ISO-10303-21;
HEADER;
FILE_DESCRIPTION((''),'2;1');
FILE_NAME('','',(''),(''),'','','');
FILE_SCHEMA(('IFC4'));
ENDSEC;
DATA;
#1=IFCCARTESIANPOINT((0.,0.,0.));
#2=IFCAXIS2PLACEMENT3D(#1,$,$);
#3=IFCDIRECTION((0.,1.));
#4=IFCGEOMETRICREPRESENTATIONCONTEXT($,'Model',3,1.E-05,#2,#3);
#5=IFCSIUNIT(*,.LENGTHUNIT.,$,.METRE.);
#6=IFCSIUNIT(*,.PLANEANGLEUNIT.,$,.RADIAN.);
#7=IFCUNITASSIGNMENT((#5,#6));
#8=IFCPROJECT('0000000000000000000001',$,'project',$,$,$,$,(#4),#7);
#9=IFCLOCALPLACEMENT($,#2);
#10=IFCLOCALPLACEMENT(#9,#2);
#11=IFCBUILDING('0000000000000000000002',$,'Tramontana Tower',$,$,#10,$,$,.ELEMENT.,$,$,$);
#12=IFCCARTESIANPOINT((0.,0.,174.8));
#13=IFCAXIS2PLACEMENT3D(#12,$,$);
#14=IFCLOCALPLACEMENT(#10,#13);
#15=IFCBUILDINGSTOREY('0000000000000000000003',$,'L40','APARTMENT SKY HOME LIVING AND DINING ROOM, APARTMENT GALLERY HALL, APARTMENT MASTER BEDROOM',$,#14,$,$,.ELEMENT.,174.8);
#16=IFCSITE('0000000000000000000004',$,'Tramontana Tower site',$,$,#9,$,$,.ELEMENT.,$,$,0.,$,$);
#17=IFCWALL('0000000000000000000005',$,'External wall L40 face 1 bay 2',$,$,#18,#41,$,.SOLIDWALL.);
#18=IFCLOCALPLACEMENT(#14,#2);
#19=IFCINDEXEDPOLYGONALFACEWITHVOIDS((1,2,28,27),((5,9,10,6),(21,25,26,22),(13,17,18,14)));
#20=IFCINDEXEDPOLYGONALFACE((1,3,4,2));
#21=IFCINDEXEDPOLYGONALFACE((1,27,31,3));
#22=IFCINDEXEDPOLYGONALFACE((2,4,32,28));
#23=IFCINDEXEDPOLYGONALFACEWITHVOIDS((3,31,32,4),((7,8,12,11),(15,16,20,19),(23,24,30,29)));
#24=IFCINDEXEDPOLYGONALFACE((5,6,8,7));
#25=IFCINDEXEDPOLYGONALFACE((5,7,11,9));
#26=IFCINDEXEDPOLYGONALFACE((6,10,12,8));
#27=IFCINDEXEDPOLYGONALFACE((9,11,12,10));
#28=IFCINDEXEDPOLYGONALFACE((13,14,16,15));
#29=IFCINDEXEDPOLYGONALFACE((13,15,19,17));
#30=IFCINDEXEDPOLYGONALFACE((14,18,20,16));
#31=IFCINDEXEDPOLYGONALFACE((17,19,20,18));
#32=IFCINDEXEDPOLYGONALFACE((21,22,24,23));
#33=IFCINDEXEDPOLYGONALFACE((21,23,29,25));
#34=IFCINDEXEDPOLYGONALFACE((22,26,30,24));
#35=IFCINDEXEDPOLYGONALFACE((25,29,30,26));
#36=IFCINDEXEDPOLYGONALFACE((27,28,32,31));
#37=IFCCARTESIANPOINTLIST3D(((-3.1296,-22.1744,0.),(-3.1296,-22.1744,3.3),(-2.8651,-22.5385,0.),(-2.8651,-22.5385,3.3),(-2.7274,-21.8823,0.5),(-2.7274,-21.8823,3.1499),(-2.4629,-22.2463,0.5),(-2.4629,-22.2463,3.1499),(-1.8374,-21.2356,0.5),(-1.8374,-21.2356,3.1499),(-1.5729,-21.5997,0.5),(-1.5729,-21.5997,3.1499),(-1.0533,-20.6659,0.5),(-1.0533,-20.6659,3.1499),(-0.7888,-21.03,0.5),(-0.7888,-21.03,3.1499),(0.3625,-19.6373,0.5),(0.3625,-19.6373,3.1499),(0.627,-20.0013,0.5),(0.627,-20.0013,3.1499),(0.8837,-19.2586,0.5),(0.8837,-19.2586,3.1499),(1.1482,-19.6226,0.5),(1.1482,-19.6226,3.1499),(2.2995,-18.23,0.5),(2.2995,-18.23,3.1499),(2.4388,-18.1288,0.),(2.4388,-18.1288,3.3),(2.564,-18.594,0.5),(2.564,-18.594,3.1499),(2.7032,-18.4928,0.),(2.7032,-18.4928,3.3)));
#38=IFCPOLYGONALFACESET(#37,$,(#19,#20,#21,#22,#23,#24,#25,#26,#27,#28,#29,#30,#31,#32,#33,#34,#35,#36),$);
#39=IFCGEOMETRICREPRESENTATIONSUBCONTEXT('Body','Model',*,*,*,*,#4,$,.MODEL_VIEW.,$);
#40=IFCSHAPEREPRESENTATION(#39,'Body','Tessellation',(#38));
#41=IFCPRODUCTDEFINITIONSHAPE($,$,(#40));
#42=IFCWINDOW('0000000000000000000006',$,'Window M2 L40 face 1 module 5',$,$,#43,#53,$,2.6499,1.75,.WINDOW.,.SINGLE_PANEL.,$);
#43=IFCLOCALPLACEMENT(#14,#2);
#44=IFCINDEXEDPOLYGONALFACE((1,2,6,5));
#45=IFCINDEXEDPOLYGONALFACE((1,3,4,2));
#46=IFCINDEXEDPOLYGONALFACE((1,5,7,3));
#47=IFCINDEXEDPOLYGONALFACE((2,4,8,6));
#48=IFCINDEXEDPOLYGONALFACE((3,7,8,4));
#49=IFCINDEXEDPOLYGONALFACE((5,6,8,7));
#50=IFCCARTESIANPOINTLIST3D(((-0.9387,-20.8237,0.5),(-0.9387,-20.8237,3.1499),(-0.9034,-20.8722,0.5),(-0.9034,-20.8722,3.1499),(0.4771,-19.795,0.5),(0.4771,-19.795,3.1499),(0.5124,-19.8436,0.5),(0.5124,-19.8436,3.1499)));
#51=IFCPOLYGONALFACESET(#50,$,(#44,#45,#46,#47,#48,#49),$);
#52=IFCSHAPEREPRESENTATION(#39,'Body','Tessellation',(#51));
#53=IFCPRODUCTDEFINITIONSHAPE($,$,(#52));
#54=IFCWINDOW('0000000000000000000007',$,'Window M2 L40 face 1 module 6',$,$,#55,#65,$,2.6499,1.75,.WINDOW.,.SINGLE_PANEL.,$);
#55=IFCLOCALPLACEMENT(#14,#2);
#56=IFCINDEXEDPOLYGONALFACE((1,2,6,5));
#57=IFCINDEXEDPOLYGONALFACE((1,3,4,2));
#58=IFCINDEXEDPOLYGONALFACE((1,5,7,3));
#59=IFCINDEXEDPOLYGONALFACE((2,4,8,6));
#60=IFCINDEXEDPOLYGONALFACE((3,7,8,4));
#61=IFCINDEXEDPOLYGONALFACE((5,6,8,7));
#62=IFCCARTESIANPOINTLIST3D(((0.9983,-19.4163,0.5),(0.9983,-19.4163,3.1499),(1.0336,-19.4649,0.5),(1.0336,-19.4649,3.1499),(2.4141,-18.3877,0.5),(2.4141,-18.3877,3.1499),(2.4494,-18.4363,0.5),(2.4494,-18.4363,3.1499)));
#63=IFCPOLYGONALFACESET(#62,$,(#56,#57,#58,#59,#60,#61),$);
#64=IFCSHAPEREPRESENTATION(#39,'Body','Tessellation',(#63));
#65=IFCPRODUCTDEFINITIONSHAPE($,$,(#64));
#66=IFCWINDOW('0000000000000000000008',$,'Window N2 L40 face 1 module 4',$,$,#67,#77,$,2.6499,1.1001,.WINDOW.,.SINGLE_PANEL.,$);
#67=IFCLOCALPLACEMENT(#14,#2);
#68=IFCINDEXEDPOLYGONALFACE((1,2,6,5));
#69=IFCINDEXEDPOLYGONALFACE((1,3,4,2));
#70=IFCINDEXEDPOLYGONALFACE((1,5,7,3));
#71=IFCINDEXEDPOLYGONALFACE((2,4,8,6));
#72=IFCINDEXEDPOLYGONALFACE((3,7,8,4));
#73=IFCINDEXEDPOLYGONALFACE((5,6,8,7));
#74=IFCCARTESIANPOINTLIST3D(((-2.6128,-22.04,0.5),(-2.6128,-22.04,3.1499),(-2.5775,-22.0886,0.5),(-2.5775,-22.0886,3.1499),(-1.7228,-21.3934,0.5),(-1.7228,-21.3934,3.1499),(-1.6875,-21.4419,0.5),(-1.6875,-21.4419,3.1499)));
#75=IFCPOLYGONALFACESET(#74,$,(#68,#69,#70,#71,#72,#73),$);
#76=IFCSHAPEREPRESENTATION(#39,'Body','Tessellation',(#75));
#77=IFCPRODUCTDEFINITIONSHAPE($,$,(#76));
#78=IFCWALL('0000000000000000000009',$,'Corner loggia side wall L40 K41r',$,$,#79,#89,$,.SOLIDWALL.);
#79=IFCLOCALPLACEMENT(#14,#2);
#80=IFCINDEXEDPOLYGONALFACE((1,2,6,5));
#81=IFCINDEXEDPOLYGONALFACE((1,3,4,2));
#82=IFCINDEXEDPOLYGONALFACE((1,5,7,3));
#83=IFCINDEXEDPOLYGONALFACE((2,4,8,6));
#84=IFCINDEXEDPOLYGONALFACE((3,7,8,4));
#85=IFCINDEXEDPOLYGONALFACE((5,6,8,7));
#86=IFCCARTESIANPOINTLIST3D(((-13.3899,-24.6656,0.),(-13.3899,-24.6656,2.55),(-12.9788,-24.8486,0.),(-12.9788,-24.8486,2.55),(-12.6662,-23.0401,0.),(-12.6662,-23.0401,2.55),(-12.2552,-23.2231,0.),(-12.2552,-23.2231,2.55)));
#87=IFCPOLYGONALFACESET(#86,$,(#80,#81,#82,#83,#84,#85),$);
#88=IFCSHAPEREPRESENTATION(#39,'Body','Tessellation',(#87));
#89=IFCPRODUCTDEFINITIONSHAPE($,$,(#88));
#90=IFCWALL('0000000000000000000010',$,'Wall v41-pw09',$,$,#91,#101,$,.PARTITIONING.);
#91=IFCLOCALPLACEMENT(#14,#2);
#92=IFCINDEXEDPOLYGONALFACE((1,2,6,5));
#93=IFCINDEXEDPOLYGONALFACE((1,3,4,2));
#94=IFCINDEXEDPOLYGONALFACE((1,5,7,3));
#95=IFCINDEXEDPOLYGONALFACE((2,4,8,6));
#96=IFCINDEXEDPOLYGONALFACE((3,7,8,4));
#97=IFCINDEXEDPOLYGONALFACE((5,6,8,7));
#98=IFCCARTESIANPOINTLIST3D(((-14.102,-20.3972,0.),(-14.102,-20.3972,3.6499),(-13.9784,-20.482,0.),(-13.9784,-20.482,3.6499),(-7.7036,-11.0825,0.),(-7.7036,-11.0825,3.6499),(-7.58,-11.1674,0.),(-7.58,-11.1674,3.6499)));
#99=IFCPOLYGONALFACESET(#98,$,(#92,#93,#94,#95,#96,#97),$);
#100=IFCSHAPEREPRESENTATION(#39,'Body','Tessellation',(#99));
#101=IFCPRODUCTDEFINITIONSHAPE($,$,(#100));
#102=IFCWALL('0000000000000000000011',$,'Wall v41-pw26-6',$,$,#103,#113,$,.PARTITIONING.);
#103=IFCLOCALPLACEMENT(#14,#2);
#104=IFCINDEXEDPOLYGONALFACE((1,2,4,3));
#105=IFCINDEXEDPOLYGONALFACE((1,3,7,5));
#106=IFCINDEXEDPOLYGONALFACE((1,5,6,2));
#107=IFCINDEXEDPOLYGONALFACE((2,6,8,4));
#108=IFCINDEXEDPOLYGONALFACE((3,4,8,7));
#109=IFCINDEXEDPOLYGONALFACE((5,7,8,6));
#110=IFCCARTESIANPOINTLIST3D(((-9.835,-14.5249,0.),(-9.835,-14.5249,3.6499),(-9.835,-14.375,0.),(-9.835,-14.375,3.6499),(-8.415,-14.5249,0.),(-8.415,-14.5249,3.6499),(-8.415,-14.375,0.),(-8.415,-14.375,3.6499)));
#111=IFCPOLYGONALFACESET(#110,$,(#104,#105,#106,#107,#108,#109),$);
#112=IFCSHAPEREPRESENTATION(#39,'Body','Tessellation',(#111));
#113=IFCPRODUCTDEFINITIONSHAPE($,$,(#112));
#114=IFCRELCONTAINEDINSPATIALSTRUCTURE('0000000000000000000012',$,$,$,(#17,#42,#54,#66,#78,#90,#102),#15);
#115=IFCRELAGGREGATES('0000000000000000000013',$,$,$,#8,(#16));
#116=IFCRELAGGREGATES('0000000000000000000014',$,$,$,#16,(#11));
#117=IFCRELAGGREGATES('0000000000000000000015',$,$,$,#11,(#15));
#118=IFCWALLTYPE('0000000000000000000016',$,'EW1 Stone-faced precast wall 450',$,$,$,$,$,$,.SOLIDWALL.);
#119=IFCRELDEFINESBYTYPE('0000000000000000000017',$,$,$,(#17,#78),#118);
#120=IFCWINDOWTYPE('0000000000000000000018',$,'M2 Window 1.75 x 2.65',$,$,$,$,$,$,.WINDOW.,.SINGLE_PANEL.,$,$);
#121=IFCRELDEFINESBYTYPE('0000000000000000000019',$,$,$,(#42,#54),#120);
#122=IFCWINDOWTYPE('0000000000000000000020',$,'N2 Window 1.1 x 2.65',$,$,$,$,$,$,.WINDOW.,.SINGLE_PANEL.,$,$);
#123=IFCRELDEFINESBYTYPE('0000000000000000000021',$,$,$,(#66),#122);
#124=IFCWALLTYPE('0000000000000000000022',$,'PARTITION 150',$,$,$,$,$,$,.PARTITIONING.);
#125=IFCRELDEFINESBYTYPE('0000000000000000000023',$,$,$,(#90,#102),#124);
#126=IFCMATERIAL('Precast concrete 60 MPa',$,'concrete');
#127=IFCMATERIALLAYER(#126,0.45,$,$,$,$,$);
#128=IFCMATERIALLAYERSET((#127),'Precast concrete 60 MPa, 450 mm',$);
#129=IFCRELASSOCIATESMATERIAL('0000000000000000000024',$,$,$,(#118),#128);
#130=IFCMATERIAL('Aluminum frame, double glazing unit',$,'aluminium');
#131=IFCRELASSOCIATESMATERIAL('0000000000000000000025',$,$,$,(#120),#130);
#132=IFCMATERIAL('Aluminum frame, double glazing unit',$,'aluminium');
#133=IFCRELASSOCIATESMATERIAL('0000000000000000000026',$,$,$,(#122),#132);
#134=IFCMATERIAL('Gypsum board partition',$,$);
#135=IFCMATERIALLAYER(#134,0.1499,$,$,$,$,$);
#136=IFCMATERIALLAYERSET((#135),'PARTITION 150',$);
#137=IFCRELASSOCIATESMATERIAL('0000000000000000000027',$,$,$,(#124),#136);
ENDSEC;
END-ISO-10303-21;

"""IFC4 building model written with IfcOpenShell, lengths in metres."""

from ifc_helpers import new_model, si_unit, direction, frame, frame_2d, origin, place, context, subcontext, project, spatial, rectangle, extrude, material, layer, layer_set, type_object, element, fill, save


model = new_model("IFC4")

# Units and contexts
model_context = context("Model", 3, precision=1e-05, world=origin(), true_north=direction((0.0, 1.0)))
body_context = subcontext(model_context, "Body", "Model", "MODEL_VIEW")
ifc_project = project(units=[si_unit("LENGTHUNIT", "METRE"), si_unit("PLANEANGLEUNIT", "RADIAN")], contexts=[model_context])

# Site, building, storey
site_placement = place(None, origin())
site = spatial("IfcSite", under=ifc_project, at=site_placement, Name="Tramontana Tower site", CompositionType="ELEMENT", RefElevation=0.0)
building_placement = place(site_placement, origin())
building = spatial("IfcBuilding", under=site, at=building_placement, Name="Tramontana Tower", CompositionType="ELEMENT")
storey_placement = place(building_placement, frame((0.0, 0.0, 174.8)))
storey = spatial("IfcBuildingStorey", under=building, at=storey_placement, Name="L40", Description="APARTMENT SKY HOME LIVING AND DINING ROOM, APARTMENT GALLERY HALL, APARTMENT MASTER BEDROOM", CompositionType="ELEMENT", Elevation=174.8)

# Wall, openings, windows
ifc_material_1 = material(Name="Precast concrete 60 MPa", Category="concrete")
ifc_layer_1 = layer(ifc_material_1, 0.45)
ifc_layer_set_1 = layer_set([ifc_layer_1], Name="Precast concrete 60 MPa, 450 mm")
wall_type_1 = type_object("IfcWallType", Name="EW1 Stone-faced precast wall 450", PredefinedType="SOLIDWALL", material=ifc_layer_set_1)
ifc_material_2 = material(Name="Aluminum frame, double glazing unit", Category="aluminium")
window_type_1 = type_object("IfcWindowType", Name="M2 Window 1.75 x 2.65", PartitioningType="SINGLE_PANEL", PredefinedType="WINDOW", material=ifc_material_2)
wall_1_placement = place(storey_placement, frame((-2.9973, -22.3564, 0.0), z_axis=(0.0, 0.0, 1.0), x_axis=(0.809017, 0.587786, 0.0)))
wall_1 = element("IfcWall", 1, at=wall_1_placement, inside=storey, type_object=wall_type_1, Name="External wall L40 face 1 bay 2", PredefinedType="SOLIDWALL", context=body_context, shape_type="SweptSolid", body=[
    extrude(rectangle(XDim=6.8828, YDim=0.45, at=frame_2d((3.4414, 0.0))), origin(), (0.0, 0.0, 1.0), 3.3),
])
opening_1_placement = place(wall_1_placement, frame((0.4971, 0.0, 0.5)))
opening_1 = element("IfcOpeningElement", 2, at=opening_1_placement, cuts=wall_1, PredefinedType="OPENING", context=body_context, shape_type="SweptSolid", body=[
    extrude(rectangle(XDim=1.1001, YDim=2.6499, at=frame_2d((0.55, 1.325))), frame((0.0, 0.2349, 0.0), z_axis=(0.0, -1.0, 0.0), x_axis=(1.0, 0.0, 0.0)), (0.0, 0.0, 1.0), 0.47),
])
opening_2_placement = place(wall_1_placement, frame((2.5664, 0.0, 0.5)))
opening_2 = element("IfcOpeningElement", 3, at=opening_2_placement, cuts=wall_1, PredefinedType="OPENING", context=body_context, shape_type="SweptSolid", body=[
    extrude(rectangle(XDim=1.75, YDim=2.6499, at=frame_2d((0.875, 1.325))), frame((0.0, 0.2349, 0.0), z_axis=(0.0, -1.0, 0.0), x_axis=(1.0, 0.0, 0.0)), (0.0, 0.0, 1.0), 0.47),
])
opening_3_placement = place(wall_1_placement, frame((4.9607, 0.0, 0.5)))
opening_3 = element("IfcOpeningElement", 4, at=opening_3_placement, cuts=wall_1, PredefinedType="OPENING", context=body_context, shape_type="SweptSolid", body=[
    extrude(rectangle(XDim=1.75, YDim=2.6499, at=frame_2d((0.875, 1.325))), frame((0.0, 0.2349, 0.0), z_axis=(0.0, -1.0, 0.0), x_axis=(1.0, 0.0, 0.0)), (0.0, 0.0, 1.0), 0.47),
])
window_1_placement = place(opening_2_placement, origin())
window_1 = element("IfcWindow", 5, at=window_1_placement, inside=storey, type_object=window_type_1, Name="Window M2 L40 face 1 module 5", OverallHeight=2.6499, OverallWidth=1.75, PartitioningType="SINGLE_PANEL", PredefinedType="WINDOW", context=body_context, shape_type="SweptSolid", body=[
    extrude(rectangle(XDim=1.75, YDim=2.6499, at=frame_2d((0.875, 1.325))), frame((0.0, 0.03, 0.0), z_axis=(0.0, -1.0, 0.0), x_axis=(1.0, 0.0, 0.0)), (0.0, 0.0, 1.0), 0.0601),
])
fill(opening_2, window_1)
window_2_placement = place(opening_3_placement, origin())
window_2 = element("IfcWindow", 6, at=window_2_placement, inside=storey, type_object=window_type_1, Name="Window M2 L40 face 1 module 6", OverallHeight=2.6499, OverallWidth=1.75, PartitioningType="SINGLE_PANEL", PredefinedType="WINDOW", context=body_context, shape_type="SweptSolid", body=[
    extrude(rectangle(XDim=1.75, YDim=2.6499, at=frame_2d((0.875, 1.325))), frame((0.0, 0.03, 0.0), z_axis=(0.0, -1.0, 0.0), x_axis=(1.0, 0.0, 0.0)), (0.0, 0.0, 1.0), 0.0601),
])
fill(opening_3, window_2)
ifc_material_3 = material(Name="Aluminum frame, double glazing unit", Category="aluminium")
window_type_2 = type_object("IfcWindowType", Name="N2 Window 1.1 x 2.65", PartitioningType="SINGLE_PANEL", PredefinedType="WINDOW", material=ifc_material_3)
window_3_placement = place(opening_1_placement, origin())
window_3 = element("IfcWindow", 7, at=window_3_placement, inside=storey, type_object=window_type_2, Name="Window N2 L40 face 1 module 4", OverallHeight=2.6499, OverallWidth=1.1001, PartitioningType="SINGLE_PANEL", PredefinedType="WINDOW", context=body_context, shape_type="SweptSolid", body=[
    extrude(rectangle(XDim=1.1001, YDim=2.6499, at=frame_2d((0.55, 1.325))), frame((0.0, 0.03, 0.0), z_axis=(0.0, -1.0, 0.0), x_axis=(1.0, 0.0, 0.0)), (0.0, 0.0, 1.0), 0.0601),
])
fill(opening_1, window_3)

# Wall
wall_2_placement = place(storey_placement, frame((-13.1843, -24.7571, 0.0), z_axis=(0.0, 0.0, 1.0), x_axis=(0.406699, 0.913562, 0.0)))
element("IfcWall", 8, at=wall_2_placement, inside=storey, type_object=wall_type_1, Name="Corner loggia side wall L40 K41r", PredefinedType="SOLIDWALL", context=body_context, shape_type="SweptSolid", body=[
    extrude(rectangle(XDim=1.7793, YDim=0.45, at=frame_2d((0.8896, 0.0))), origin(), (0.0, 0.0, 1.0), 2.55),
])

# Walls
ifc_material_4 = material(Name="Gypsum board partition")
ifc_layer_2 = layer(ifc_material_4, 0.1499)
ifc_layer_set_2 = layer_set([ifc_layer_2], Name="PARTITION 150")
wall_type_2 = type_object("IfcWallType", Name="PARTITION 150", PredefinedType="PARTITIONING", material=ifc_layer_set_2)
wall_3_placement = place(storey_placement, frame((-14.0403, -20.4397, 0.0), z_axis=(0.0, 0.0, 1.0), x_axis=(0.566203, 0.824266, 0.0)))
element("IfcWall", 9, at=wall_3_placement, inside=storey, type_object=wall_type_2, Name="Wall v41-pw09", PredefinedType="PARTITIONING", context=body_context, shape_type="SweptSolid", body=[
    extrude(rectangle(XDim=11.3005, YDim=0.1499, at=frame_2d((5.6504, 0.0))), origin(), (0.0, 0.0, 1.0), 3.6499),
])
wall_4_placement = place(storey_placement, frame((-8.415, -14.45, 0.0), z_axis=(0.0, 0.0, 1.0), x_axis=(-1.0, 0.0, 0.0)))
element("IfcWall", 10, at=wall_4_placement, inside=storey, type_object=wall_type_2, Name="Wall v41-pw26-6", PredefinedType="PARTITIONING", context=body_context, shape_type="SweptSolid", body=[
    extrude(rectangle(XDim=1.4199, YDim=0.1499, at=frame_2d((0.71, 0.0))), origin(), (0.0, 0.0, 1.0), 3.6499),
])

save(model, "model.ifc")
